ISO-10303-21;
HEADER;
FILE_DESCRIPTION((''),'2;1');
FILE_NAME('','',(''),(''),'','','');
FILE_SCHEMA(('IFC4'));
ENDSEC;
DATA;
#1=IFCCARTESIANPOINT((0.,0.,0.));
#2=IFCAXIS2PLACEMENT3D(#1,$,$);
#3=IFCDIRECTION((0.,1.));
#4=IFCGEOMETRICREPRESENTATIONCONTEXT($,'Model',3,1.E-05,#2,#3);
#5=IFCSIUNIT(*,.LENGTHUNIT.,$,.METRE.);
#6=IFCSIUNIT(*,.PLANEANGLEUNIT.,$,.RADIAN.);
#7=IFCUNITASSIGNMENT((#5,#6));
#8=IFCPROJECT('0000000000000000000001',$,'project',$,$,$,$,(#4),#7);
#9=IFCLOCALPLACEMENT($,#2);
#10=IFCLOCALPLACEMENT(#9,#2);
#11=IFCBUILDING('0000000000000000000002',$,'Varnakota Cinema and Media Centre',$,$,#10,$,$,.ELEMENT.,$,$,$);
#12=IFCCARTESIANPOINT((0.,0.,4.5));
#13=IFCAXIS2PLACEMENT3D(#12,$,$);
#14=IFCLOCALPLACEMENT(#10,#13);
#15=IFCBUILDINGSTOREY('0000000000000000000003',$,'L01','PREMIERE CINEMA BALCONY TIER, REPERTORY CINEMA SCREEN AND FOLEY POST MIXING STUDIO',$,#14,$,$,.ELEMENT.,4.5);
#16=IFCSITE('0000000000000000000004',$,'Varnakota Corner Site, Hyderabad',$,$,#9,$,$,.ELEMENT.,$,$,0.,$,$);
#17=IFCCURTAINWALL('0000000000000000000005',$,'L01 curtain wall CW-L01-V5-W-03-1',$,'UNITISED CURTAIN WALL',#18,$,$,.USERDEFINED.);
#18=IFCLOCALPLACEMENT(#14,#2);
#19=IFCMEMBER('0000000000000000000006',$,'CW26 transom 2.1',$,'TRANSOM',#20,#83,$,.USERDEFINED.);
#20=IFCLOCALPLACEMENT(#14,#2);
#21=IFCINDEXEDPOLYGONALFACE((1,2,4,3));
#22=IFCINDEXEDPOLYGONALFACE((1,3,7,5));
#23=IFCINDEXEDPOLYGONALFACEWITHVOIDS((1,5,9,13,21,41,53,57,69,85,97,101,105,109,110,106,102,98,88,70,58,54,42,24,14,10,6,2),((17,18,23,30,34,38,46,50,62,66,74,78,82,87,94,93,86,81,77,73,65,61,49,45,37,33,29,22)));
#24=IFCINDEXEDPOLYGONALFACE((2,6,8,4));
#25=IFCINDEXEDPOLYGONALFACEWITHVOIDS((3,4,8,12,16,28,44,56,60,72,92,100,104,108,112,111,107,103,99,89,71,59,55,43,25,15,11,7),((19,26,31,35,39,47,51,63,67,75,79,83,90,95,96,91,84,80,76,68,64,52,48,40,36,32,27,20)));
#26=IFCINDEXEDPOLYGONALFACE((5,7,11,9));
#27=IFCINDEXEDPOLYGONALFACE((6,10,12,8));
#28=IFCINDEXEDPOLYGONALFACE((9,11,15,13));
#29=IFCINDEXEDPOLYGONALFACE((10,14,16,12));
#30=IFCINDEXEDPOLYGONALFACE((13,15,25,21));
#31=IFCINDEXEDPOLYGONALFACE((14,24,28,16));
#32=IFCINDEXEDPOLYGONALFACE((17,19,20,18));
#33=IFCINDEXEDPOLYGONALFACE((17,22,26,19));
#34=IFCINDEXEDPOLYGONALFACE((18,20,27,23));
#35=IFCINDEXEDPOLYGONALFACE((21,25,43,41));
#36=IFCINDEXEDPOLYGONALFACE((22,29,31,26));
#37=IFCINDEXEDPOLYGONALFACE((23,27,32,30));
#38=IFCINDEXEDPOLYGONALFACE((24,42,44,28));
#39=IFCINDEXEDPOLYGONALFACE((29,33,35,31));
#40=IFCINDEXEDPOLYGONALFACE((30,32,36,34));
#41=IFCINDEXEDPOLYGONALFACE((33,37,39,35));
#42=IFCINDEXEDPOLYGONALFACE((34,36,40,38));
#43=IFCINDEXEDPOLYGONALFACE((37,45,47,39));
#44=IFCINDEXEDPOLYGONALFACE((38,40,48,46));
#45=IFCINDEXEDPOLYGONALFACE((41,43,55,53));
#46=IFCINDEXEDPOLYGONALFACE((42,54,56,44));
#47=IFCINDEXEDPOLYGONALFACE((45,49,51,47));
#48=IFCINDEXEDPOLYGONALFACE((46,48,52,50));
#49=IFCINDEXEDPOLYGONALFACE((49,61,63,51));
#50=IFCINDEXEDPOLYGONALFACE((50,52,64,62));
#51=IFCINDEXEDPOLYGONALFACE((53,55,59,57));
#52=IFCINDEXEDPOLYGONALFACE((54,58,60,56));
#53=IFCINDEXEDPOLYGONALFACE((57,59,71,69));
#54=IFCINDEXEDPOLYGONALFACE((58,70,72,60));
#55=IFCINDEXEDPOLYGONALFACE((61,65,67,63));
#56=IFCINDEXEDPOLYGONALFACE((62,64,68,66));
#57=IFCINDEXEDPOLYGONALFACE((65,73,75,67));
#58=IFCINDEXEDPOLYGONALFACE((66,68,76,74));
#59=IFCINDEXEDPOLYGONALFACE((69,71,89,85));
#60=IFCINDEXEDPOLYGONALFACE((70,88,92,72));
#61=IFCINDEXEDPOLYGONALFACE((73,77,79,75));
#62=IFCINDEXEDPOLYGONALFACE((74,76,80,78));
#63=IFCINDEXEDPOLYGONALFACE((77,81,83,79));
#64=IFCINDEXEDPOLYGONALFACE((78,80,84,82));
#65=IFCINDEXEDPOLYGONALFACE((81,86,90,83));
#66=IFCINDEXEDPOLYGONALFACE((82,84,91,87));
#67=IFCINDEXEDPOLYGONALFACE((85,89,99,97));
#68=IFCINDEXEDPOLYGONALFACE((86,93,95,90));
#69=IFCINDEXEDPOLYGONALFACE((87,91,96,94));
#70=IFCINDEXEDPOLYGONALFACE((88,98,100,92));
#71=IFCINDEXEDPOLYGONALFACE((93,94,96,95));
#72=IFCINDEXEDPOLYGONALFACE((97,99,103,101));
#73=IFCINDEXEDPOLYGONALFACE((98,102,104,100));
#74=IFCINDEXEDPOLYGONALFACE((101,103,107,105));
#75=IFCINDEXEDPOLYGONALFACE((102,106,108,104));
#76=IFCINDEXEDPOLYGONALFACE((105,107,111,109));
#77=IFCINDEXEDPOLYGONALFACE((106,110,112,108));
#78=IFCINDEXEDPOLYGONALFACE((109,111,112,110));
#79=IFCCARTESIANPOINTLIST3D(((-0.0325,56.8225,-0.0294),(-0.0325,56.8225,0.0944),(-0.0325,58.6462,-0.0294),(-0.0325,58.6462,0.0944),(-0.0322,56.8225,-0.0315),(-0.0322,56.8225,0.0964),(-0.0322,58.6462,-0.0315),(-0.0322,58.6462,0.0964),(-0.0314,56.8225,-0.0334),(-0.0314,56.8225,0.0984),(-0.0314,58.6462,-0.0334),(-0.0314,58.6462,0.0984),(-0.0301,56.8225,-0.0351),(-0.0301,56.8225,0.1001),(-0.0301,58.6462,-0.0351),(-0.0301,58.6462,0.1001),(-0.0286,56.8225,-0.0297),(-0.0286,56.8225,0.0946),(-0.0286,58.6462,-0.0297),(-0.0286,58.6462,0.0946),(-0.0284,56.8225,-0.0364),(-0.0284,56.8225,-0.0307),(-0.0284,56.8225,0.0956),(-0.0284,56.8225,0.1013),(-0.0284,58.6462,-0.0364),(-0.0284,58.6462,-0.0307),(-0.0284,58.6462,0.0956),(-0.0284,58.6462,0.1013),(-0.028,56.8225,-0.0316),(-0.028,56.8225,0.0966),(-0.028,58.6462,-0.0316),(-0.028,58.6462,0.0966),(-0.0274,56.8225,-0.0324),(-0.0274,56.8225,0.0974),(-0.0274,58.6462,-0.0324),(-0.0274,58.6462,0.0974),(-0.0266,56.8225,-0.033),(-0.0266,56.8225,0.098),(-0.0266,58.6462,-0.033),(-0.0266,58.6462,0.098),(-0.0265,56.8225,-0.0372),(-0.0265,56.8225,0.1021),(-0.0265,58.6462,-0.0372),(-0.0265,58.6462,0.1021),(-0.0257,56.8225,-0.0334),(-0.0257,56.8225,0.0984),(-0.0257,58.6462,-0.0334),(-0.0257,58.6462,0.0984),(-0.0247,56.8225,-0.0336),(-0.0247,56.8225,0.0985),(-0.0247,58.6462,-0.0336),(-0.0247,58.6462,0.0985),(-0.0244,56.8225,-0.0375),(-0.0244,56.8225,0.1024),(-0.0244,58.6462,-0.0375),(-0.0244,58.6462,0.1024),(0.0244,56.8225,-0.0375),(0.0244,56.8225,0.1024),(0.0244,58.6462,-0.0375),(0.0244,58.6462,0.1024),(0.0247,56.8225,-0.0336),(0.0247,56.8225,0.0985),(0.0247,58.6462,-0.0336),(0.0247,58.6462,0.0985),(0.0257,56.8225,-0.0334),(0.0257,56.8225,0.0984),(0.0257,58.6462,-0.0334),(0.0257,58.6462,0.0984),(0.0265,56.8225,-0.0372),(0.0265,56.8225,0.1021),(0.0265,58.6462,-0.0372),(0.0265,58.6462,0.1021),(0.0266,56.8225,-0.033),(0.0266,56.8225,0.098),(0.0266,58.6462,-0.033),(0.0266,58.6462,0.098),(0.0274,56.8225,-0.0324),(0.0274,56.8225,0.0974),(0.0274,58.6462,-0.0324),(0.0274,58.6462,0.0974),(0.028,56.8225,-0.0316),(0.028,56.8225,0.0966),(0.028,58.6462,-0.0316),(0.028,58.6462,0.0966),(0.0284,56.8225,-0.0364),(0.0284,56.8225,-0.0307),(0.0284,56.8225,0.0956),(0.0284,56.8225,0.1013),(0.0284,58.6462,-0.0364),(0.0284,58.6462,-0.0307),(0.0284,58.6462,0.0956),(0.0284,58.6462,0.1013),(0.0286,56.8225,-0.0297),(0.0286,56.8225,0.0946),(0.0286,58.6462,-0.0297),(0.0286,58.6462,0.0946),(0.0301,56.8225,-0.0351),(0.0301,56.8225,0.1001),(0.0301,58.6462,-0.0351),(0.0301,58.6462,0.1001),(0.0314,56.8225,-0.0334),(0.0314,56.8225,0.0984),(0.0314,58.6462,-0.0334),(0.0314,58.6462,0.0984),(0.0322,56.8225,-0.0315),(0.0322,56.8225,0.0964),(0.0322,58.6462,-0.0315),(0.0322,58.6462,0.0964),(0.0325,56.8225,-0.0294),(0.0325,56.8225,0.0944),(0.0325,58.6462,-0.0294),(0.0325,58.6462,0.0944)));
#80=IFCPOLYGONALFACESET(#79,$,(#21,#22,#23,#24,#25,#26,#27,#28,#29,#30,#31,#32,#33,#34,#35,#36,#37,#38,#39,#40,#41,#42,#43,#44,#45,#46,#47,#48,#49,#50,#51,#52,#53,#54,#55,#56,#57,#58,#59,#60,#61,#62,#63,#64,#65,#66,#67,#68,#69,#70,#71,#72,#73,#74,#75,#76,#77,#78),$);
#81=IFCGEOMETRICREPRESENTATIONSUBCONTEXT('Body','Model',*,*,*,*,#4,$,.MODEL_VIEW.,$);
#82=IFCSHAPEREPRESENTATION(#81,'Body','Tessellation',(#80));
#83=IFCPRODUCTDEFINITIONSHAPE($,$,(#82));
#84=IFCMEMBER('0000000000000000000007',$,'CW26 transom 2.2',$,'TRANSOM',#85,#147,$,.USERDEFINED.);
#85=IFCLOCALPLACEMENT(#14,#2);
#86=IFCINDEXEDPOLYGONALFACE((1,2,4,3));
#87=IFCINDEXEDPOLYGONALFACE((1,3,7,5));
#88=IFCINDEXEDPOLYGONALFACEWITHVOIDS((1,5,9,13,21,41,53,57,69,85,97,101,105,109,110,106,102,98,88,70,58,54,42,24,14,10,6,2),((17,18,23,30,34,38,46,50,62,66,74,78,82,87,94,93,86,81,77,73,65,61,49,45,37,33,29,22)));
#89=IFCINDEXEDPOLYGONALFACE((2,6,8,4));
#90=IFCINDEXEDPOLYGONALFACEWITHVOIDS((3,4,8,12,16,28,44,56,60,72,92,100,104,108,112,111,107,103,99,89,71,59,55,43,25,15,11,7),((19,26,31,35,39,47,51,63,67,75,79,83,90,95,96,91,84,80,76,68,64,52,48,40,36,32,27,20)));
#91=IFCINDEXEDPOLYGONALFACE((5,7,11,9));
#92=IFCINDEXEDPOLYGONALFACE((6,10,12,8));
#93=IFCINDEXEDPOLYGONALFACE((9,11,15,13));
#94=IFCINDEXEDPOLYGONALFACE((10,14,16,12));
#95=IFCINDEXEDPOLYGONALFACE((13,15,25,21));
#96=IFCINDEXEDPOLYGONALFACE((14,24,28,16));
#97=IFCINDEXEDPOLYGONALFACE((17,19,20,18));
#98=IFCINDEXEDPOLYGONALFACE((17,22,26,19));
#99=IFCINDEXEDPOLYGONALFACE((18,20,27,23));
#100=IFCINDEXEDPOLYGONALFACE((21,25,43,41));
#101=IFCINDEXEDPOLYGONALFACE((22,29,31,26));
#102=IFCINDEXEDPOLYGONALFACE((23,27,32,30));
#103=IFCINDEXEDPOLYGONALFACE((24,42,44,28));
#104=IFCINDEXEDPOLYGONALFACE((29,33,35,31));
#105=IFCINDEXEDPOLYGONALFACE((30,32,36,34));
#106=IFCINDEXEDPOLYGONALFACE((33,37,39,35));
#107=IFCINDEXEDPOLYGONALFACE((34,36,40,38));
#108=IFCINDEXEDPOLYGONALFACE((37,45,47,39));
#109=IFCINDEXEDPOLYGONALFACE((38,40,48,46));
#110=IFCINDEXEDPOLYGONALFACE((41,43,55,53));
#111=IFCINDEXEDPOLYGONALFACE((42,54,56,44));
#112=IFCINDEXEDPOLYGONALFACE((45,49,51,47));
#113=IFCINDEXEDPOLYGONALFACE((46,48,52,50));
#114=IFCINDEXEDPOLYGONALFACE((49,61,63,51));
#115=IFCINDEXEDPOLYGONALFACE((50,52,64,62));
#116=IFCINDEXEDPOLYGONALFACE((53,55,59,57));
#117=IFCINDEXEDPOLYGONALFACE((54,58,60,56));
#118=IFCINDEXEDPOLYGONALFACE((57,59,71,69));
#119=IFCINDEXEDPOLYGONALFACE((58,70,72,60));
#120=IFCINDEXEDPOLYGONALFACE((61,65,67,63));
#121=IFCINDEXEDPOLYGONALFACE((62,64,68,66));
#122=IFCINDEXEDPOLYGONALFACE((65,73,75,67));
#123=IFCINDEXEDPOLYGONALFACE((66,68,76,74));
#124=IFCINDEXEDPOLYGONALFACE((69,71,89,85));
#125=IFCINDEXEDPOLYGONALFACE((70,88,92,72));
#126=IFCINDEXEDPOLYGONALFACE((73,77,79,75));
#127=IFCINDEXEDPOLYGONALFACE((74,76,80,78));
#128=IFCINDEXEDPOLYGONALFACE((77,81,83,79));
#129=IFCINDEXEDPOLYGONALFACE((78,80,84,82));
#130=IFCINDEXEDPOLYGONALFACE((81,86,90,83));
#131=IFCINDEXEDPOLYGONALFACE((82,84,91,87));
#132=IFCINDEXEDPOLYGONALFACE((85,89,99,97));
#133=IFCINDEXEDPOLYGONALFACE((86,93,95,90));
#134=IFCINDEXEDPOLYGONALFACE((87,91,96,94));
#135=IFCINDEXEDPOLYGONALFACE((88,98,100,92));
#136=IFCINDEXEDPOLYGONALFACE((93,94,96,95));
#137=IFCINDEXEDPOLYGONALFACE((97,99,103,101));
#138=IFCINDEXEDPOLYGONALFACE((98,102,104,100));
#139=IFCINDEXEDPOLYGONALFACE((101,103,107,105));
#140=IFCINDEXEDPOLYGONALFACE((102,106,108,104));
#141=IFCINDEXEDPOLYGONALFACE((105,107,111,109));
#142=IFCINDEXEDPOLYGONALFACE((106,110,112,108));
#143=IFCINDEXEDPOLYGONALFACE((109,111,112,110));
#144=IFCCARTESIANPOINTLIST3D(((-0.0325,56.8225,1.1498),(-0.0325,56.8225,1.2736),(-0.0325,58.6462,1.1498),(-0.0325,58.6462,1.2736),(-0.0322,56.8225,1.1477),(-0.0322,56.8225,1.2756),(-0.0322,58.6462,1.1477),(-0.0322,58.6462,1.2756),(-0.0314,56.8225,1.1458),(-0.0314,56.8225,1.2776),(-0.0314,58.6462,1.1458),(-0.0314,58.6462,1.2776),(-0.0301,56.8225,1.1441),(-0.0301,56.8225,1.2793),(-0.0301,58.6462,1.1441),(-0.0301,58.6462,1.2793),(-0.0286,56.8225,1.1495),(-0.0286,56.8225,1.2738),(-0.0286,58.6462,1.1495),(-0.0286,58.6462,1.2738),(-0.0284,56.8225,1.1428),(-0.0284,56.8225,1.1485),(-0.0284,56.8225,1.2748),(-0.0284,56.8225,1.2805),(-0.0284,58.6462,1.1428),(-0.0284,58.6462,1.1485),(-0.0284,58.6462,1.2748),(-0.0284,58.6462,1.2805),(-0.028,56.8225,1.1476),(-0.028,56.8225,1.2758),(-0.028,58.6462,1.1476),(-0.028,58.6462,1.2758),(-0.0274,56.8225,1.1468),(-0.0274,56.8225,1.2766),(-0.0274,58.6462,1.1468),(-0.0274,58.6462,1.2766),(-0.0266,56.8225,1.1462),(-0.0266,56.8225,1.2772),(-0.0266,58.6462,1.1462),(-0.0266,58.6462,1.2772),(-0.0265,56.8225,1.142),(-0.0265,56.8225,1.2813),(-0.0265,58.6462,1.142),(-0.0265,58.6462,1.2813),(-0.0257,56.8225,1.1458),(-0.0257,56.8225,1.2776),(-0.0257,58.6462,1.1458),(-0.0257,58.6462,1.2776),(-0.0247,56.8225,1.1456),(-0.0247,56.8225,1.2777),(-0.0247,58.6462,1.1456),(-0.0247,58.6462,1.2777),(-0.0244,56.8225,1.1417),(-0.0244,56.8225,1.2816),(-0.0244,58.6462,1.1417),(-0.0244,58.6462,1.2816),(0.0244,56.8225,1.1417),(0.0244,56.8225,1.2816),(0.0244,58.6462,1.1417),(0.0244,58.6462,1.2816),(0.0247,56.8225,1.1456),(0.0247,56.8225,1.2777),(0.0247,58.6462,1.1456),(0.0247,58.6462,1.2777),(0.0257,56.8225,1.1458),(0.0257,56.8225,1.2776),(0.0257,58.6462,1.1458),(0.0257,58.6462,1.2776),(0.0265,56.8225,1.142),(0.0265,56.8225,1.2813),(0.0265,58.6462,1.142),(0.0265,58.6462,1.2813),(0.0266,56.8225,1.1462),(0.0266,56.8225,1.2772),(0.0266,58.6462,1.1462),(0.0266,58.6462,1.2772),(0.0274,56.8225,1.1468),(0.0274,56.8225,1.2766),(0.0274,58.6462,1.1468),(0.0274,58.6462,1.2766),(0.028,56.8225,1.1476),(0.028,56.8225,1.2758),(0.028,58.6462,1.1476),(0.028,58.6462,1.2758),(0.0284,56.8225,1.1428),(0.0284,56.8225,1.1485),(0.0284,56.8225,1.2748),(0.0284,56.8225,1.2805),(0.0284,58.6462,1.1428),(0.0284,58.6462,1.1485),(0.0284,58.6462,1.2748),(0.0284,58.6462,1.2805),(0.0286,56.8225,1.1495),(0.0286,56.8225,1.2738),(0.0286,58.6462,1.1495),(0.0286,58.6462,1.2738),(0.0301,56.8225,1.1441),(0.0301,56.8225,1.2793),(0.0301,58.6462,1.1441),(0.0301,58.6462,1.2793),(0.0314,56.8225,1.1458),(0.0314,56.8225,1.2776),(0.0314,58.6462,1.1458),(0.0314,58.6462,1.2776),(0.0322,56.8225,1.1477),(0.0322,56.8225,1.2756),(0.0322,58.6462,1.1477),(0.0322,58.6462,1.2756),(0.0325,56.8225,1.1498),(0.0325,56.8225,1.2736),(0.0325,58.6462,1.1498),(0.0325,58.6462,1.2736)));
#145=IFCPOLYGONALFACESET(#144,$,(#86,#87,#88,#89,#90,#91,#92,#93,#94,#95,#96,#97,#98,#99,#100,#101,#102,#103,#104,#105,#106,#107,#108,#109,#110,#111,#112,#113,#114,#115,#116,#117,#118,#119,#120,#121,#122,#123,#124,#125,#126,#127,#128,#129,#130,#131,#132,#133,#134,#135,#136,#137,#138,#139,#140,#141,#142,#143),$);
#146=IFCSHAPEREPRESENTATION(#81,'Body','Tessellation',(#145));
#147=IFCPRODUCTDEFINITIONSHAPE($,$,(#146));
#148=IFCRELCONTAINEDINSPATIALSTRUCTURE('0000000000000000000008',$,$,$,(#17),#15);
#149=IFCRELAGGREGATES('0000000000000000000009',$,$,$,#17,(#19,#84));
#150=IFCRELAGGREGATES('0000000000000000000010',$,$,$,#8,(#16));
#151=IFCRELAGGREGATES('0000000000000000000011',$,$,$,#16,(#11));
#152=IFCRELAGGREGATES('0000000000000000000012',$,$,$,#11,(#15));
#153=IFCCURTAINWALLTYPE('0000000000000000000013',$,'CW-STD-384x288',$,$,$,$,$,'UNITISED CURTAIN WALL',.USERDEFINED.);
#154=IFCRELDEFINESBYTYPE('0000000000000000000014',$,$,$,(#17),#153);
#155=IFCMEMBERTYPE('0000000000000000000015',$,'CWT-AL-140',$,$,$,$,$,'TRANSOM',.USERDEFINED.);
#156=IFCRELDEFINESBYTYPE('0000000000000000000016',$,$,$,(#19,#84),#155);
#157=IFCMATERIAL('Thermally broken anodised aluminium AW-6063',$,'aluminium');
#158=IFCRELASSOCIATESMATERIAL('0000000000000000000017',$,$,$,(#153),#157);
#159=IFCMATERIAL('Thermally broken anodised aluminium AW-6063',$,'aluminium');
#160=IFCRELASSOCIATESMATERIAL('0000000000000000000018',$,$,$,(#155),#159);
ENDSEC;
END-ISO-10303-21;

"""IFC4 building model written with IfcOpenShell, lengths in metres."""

from ifc_helpers import new_model, si_unit, direction, frame, origin, origin_2d, place, context, subcontext, project, spatial, hollow_rectangle, extrude, material, material_profile, profile_set, type_object, element, aggregate, save


model = new_model("IFC4")

# Units and contexts
model_context = context("Model", 3, precision=1e-05, world=origin(), true_north=direction((0.0, 1.0)))
body_context = subcontext(model_context, "Body", "Model", "MODEL_VIEW")
ifc_project = project(units=[si_unit("LENGTHUNIT", "METRE"), si_unit("PLANEANGLEUNIT", "RADIAN")], contexts=[model_context])

# Site, building, storey
site_placement = place(None, origin())
site = spatial("IfcSite", under=ifc_project, at=site_placement, Name="Varnakota Corner Site, Hyderabad", CompositionType="ELEMENT", RefElevation=0.0)
building_placement = place(site_placement, origin())
building = spatial("IfcBuilding", under=site, at=building_placement, Name="Varnakota Cinema and Media Centre", CompositionType="ELEMENT")
storey_placement = place(building_placement, frame((0.0, 0.0, 4.5)))
storey = spatial("IfcBuildingStorey", under=building, at=storey_placement, Name="L01", Description="PREMIERE CINEMA BALCONY TIER, REPERTORY CINEMA SCREEN AND FOLEY POST MIXING STUDIO", CompositionType="ELEMENT", Elevation=4.5)

# Curtain wall
ifc_material_1 = material(Name="Thermally broken anodised aluminium AW-6063", Category="aluminium")
curtain_wall_type = type_object("IfcCurtainWallType", Name="CW-STD-384x288", ElementType="UNITISED CURTAIN WALL", PredefinedType="USERDEFINED", material=ifc_material_1)
curtain_wall_1_placement = place(storey_placement, origin())
curtain_wall_1 = element("IfcCurtainWall", 1, at=curtain_wall_1_placement, inside=storey, type_object=curtain_wall_type, Name="L01 curtain wall CW-L01-V5-W-03-1", ObjectType="UNITISED CURTAIN WALL", PredefinedType="USERDEFINED")

# Members
ifc_material_2 = material(Name="Thermally broken anodised aluminium AW-6063", Category="aluminium")
ifc_material_profile_1 = material_profile(ifc_material_2, hollow_rectangle(XDim=0.0649, YDim=0.1399, WallThickness=0.0039, InnerFilletRadius=0.0039, OuterFilletRadius=0.0081, at=origin_2d()), Name="AL-TRANSOM 140x65x4")
ifc_profile_set_1 = profile_set([ifc_material_profile_1], Name="Thermally broken anodised aluminium AW-6063")
member_type_1 = type_object("IfcMemberType", Name="CWT-AL-140", ElementType="TRANSOM", PredefinedType="USERDEFINED", material=ifc_profile_set_1)
member_1_placement = place(storey_placement, frame((0.0, 58.6462, 0.0325), z_axis=(0.0, -1.0, 0.0), x_axis=(1.0, 0.0, 0.0)))
member_1 = element("IfcMember", 2, at=member_1_placement, type_object=member_type_1, Name="CW26 transom 2.1", ObjectType="TRANSOM", PredefinedType="USERDEFINED", context=body_context, shape_type="SweptSolid", body=[
    extrude(hollow_rectangle(XDim=0.0649, YDim=0.1399, WallThickness=0.0039, InnerFilletRadius=0.0039, OuterFilletRadius=0.0081, at=origin_2d()), origin(), (0.0, 0.0, 1.0), 1.8237),
])
member_2_placement = place(storey_placement, frame((0.0, 58.6462, 1.2117), z_axis=(0.0, -1.0, 0.0), x_axis=(1.0, 0.0, 0.0)))
member_2 = element("IfcMember", 3, at=member_2_placement, type_object=member_type_1, Name="CW26 transom 2.2", ObjectType="TRANSOM", PredefinedType="USERDEFINED", context=body_context, shape_type="SweptSolid", body=[
    extrude(hollow_rectangle(XDim=0.0649, YDim=0.1399, WallThickness=0.0039, InnerFilletRadius=0.0039, OuterFilletRadius=0.0081, at=origin_2d()), origin(), (0.0, 0.0, 1.0), 1.8237),
])

aggregate(curtain_wall_1, [member_1, member_2])

save(model, "model.ifc")
